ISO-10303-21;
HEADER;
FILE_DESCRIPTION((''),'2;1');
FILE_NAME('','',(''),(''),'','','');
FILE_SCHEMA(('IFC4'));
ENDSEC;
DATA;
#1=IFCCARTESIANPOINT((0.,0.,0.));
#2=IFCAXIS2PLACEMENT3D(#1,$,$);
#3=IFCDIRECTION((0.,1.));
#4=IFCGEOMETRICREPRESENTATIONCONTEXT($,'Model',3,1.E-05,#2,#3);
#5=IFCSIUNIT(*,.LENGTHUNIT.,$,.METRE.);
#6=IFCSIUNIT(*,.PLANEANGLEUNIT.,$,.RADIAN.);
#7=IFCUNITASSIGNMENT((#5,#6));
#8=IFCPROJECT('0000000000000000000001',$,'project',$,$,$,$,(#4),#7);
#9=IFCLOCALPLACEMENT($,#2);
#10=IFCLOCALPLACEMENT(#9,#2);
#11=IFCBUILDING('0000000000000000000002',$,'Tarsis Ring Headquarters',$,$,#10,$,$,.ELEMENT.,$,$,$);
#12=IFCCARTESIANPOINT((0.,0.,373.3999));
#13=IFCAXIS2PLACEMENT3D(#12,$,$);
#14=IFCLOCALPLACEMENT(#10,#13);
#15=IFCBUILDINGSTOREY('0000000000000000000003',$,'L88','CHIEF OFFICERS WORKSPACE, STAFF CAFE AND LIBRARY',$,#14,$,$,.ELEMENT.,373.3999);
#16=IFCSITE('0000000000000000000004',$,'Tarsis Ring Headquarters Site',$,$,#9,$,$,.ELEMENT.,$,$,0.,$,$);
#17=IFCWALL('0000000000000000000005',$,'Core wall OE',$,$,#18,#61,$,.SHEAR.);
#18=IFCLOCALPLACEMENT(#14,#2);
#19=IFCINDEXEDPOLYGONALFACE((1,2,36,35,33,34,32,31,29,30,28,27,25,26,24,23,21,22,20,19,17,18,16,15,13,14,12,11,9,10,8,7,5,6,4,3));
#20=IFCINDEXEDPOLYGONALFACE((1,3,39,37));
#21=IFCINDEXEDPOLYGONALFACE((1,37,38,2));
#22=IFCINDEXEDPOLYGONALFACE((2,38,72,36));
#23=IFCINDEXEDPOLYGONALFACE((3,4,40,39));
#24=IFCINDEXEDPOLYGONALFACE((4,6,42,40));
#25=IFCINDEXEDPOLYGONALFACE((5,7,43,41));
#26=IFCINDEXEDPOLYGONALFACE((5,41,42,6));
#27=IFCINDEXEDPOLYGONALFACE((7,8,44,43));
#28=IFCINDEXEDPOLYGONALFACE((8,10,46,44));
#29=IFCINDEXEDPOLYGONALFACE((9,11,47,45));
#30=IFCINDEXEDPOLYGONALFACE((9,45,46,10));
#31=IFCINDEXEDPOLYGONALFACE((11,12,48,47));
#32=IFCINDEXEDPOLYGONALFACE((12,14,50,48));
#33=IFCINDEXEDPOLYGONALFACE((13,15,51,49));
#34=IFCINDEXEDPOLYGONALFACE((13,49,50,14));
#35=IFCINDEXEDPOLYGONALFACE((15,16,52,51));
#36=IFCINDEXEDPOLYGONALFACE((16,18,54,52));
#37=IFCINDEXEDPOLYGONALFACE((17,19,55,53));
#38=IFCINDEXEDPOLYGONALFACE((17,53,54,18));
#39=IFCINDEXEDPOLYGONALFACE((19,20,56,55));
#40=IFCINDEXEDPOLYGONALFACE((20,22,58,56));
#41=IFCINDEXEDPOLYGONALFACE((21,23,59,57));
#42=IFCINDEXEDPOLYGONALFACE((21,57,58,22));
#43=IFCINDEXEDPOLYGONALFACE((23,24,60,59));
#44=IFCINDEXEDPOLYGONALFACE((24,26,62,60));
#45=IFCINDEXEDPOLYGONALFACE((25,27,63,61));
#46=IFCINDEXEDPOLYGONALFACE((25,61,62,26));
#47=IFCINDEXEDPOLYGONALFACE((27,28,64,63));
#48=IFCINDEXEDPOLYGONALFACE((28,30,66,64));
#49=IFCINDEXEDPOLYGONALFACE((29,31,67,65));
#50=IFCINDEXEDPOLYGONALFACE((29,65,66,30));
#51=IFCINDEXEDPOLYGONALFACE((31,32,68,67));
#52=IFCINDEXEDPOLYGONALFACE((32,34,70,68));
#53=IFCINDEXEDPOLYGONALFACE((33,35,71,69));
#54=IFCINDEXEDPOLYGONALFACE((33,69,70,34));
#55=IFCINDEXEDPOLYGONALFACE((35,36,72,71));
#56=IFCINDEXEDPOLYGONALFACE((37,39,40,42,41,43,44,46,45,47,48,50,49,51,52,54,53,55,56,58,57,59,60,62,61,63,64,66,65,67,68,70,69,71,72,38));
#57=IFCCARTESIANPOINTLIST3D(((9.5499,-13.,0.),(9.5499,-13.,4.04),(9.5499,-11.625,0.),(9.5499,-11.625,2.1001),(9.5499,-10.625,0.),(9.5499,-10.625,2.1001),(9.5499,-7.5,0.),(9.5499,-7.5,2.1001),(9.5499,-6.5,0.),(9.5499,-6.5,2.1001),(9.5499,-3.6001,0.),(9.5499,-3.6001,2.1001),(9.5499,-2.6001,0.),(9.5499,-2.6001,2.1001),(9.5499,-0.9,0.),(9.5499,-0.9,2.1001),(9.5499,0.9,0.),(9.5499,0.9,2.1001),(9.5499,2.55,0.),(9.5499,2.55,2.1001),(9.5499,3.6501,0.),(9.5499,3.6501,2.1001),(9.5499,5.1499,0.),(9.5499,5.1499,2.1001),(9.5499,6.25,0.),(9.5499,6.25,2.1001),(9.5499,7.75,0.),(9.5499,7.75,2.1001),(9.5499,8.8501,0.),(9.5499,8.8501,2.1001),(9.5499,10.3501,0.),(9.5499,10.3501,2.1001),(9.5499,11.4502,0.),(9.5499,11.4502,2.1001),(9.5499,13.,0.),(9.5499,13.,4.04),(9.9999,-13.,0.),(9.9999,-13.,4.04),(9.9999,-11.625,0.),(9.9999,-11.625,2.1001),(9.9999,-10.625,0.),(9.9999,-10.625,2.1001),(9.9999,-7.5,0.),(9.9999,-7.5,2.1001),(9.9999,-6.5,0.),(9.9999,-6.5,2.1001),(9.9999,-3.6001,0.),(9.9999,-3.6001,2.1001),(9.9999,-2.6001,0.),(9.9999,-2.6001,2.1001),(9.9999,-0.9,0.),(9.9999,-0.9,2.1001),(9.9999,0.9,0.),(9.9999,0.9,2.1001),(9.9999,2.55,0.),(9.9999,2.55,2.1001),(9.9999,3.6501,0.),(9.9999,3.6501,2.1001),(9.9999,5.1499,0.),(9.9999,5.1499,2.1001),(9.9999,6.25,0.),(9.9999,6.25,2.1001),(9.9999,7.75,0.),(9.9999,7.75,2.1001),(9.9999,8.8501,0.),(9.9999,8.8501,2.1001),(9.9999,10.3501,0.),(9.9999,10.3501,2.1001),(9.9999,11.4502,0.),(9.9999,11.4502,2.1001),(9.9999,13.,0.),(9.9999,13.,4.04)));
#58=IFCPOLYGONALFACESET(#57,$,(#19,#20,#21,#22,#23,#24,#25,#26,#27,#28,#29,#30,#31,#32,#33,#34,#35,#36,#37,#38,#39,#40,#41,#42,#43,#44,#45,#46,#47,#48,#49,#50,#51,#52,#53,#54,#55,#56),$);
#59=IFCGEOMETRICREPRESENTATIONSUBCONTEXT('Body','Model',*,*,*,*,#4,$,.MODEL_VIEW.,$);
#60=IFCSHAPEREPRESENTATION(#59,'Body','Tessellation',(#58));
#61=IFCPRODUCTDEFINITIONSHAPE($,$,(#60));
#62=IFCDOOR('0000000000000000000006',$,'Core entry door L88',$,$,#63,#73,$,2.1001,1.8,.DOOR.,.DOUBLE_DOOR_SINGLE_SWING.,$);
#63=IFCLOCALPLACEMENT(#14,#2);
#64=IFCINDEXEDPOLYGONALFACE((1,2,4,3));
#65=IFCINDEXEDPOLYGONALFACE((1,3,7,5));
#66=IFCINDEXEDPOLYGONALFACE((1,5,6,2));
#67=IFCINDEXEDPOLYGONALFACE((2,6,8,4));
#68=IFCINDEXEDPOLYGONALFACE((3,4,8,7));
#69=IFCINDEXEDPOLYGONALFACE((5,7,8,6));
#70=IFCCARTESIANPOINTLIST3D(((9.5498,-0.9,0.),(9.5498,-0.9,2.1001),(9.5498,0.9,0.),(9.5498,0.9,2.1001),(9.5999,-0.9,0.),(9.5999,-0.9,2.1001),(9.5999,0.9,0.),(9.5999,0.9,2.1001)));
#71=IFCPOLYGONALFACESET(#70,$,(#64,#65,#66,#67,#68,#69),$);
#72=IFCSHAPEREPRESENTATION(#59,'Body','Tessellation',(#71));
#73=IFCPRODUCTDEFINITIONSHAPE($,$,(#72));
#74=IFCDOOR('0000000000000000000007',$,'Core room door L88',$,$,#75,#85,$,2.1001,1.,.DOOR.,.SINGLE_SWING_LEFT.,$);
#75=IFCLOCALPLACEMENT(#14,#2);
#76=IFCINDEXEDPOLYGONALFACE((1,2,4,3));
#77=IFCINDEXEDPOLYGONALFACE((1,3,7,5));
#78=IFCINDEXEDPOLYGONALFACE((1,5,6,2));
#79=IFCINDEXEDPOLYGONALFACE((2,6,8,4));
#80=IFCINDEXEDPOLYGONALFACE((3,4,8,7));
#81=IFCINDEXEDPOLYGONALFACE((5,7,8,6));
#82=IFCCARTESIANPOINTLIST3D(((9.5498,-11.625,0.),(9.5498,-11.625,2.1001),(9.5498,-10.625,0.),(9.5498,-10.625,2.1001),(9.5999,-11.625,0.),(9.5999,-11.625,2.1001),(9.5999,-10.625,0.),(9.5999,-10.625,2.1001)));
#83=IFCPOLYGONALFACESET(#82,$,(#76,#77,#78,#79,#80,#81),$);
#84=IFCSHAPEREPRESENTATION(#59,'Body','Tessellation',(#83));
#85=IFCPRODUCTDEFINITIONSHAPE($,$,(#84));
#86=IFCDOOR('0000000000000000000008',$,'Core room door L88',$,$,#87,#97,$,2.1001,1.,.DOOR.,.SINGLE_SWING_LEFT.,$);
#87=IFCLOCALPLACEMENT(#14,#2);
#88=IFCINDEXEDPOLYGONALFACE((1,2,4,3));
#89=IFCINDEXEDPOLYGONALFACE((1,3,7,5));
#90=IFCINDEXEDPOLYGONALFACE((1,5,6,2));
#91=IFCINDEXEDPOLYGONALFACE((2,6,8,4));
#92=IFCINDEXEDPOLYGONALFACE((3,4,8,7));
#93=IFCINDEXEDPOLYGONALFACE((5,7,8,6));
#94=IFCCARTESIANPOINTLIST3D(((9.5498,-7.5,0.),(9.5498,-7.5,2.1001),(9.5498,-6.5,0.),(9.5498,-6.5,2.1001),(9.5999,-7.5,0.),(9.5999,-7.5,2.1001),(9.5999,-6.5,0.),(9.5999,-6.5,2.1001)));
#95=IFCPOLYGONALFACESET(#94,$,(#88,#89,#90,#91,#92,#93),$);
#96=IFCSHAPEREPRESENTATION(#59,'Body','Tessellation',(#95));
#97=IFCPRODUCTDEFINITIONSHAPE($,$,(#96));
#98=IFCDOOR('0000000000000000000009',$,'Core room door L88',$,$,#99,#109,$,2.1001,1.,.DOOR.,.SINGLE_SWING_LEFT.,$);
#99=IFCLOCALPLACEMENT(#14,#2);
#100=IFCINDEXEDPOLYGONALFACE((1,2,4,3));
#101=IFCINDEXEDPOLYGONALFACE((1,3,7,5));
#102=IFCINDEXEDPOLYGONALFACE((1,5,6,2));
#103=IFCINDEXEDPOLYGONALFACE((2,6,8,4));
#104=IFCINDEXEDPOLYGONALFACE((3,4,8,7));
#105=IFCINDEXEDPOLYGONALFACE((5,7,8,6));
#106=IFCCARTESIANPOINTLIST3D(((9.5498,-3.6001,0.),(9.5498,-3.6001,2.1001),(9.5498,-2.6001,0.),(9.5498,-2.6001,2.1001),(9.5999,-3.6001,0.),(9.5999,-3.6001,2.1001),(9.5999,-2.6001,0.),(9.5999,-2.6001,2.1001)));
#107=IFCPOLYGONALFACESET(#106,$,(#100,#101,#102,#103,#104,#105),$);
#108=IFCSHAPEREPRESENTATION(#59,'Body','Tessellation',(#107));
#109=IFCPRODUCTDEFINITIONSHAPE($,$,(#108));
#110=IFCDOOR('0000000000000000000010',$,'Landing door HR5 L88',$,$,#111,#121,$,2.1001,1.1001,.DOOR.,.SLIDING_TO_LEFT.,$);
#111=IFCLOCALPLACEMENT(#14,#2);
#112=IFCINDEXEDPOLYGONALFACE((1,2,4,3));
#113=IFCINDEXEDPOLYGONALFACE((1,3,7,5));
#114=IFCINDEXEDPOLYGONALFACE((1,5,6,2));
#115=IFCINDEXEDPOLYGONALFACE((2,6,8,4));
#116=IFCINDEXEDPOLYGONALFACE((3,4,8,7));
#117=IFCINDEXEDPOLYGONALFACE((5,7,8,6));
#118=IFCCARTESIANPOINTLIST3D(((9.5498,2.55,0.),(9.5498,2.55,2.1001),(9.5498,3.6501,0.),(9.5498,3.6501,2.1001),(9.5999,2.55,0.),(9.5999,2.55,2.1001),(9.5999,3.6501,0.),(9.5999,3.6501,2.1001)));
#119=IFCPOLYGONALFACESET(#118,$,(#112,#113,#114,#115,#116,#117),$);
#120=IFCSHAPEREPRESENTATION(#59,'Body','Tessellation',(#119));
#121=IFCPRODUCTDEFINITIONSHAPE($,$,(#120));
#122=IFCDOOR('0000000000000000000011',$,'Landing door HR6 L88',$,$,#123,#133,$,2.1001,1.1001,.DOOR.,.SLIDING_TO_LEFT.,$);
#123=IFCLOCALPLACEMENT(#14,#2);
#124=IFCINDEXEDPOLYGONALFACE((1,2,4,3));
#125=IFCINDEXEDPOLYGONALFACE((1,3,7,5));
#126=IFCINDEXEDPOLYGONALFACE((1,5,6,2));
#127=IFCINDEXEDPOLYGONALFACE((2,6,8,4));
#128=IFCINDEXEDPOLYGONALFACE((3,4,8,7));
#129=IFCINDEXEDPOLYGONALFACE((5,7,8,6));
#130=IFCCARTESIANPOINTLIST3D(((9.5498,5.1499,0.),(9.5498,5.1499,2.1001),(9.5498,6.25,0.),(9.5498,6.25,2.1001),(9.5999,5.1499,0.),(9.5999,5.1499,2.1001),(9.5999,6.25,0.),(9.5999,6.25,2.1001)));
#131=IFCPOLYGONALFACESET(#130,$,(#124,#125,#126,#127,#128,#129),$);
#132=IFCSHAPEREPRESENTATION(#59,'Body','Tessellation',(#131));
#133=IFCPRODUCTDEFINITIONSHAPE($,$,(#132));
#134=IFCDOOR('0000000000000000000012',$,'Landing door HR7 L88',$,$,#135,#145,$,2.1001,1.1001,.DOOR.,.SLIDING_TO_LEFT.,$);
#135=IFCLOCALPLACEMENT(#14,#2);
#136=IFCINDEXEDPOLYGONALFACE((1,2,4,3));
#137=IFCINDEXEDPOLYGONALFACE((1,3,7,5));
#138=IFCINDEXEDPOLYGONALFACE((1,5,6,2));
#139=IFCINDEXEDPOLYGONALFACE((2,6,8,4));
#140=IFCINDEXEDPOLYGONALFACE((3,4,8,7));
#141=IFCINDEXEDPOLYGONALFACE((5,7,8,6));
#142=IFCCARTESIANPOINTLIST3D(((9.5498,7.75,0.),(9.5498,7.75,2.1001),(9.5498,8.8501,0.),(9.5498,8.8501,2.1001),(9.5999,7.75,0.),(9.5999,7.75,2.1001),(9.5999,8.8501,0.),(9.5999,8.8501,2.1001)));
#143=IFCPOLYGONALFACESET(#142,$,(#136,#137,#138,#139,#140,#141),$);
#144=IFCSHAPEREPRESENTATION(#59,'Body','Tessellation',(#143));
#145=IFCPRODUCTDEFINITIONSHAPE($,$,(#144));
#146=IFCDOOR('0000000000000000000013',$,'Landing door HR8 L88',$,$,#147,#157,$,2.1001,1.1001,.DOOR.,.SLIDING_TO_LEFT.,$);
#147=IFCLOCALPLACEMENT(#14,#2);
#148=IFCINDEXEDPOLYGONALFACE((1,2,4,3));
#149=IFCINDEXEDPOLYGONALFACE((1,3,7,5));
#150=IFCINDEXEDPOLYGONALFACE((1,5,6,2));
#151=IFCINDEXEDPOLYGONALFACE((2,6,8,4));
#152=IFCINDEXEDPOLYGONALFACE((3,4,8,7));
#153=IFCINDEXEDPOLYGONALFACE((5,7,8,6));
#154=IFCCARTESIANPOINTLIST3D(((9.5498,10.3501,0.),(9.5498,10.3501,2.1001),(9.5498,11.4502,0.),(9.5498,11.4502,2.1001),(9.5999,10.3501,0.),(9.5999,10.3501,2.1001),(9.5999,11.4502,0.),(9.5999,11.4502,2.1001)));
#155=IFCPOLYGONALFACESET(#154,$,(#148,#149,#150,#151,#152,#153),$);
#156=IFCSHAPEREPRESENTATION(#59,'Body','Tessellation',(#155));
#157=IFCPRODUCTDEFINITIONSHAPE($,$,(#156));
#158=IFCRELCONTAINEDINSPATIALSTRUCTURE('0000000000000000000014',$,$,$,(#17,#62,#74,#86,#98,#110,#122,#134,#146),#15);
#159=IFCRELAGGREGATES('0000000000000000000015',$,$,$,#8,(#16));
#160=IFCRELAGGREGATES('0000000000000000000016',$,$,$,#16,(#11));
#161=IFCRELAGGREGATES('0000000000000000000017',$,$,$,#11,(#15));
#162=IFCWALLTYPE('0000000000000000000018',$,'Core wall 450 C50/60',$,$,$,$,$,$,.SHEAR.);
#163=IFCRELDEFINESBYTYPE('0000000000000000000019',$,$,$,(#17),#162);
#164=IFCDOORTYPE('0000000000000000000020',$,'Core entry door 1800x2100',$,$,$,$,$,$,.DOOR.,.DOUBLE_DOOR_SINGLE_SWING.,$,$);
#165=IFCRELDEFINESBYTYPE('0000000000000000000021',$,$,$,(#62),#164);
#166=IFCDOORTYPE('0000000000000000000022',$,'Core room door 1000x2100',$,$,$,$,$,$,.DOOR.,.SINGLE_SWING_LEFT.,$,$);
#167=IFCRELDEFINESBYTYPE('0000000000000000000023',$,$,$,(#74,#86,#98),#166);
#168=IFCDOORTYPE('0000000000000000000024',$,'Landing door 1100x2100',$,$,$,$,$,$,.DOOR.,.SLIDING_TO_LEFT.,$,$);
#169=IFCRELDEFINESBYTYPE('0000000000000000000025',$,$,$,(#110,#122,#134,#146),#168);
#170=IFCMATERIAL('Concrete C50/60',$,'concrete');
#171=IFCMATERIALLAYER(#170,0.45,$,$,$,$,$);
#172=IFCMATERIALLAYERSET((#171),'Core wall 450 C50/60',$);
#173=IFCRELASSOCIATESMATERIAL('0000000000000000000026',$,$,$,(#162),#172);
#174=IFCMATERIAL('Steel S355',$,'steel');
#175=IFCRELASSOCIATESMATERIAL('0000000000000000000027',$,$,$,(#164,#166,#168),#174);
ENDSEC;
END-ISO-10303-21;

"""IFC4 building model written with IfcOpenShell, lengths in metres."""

from ifc_helpers import new_model, si_unit, direction, frame, frame_2d, origin, place, context, subcontext, project, spatial, rectangle, extrude, material, layer, layer_set, type_object, element, fill, save


model = new_model("IFC4")

# Units and contexts
model_context = context("Model", 3, precision=1e-05, world=origin(), true_north=direction((0.0, 1.0)))
body_context = subcontext(model_context, "Body", "Model", "MODEL_VIEW")
ifc_project = project(units=[si_unit("LENGTHUNIT", "METRE"), si_unit("PLANEANGLEUNIT", "RADIAN")], contexts=[model_context])

# Site, building, storey
site_placement = place(None, origin())
site = spatial("IfcSite", under=ifc_project, at=site_placement, Name="Tarsis Ring Headquarters Site", CompositionType="ELEMENT", RefElevation=0.0)
building_placement = place(site_placement, origin())
building = spatial("IfcBuilding", under=site, at=building_placement, Name="Tarsis Ring Headquarters", CompositionType="ELEMENT")
storey_placement = place(building_placement, frame((0.0, 0.0, 373.3999)))
storey = spatial("IfcBuildingStorey", under=building, at=storey_placement, Name="L88", Description="CHIEF OFFICERS WORKSPACE, STAFF CAFE AND LIBRARY", CompositionType="ELEMENT", Elevation=373.3999)

# Wall, openings, doors
ifc_material_1 = material(Name="Concrete C50/60", Category="concrete")
ifc_layer_1 = layer(ifc_material_1, 0.45)
ifc_layer_set_1 = layer_set([ifc_layer_1], Name="Core wall 450 C50/60")
wall_type_1 = type_object("IfcWallType", Name="Core wall 450 C50/60", PredefinedType="SHEAR", material=ifc_layer_set_1)
wall_1_placement = place(storey_placement, frame((9.7749, -13.0, 0.0), z_axis=(0.0, 0.0, 1.0), x_axis=(0.0, 1.0, 0.0)))
wall_1 = element("IfcWall", 1, at=wall_1_placement, inside=storey, type_object=wall_type_1, Name="Core wall OE", PredefinedType="SHEAR", context=body_context, shape_type="SweptSolid", body=[
    extrude(rectangle(XDim=26.0, YDim=0.45, at=frame_2d((13.0, 0.0))), origin(), (0.0, 0.0, 1.0), 4.04),
])
opening_1_placement = place(wall_1_placement, frame((1.375, 0.0, 0.0)))
opening_1 = element("IfcOpeningElement", 2, at=opening_1_placement, cuts=wall_1, PredefinedType="OPENING", context=body_context, shape_type="SweptSolid", body=[
    extrude(rectangle(XDim=1.0, YDim=2.1001, at=frame_2d((0.5, 1.05))), frame((0.0, 0.2349, 0.0), z_axis=(0.0, -1.0, 0.0), x_axis=(1.0, 0.0, 0.0)), (0.0, 0.0, 1.0), 0.47),
])
opening_2_placement = place(wall_1_placement, frame((5.5, 0.0, 0.0)))
opening_2 = element("IfcOpeningElement", 3, at=opening_2_placement, cuts=wall_1, PredefinedType="OPENING", context=body_context, shape_type="SweptSolid", body=[
    extrude(rectangle(XDim=1.0, YDim=2.1001, at=frame_2d((0.5, 1.05))), frame((0.0, 0.2349, 0.0), z_axis=(0.0, -1.0, 0.0), x_axis=(1.0, 0.0, 0.0)), (0.0, 0.0, 1.0), 0.47),
])
opening_3_placement = place(wall_1_placement, frame((9.3999, 0.0, 0.0)))
opening_3 = element("IfcOpeningElement", 4, at=opening_3_placement, cuts=wall_1, PredefinedType="OPENING", context=body_context, shape_type="SweptSolid", body=[
    extrude(rectangle(XDim=1.0, YDim=2.1001, at=frame_2d((0.5, 1.05))), frame((0.0, 0.2349, 0.0), z_axis=(0.0, -1.0, 0.0), x_axis=(1.0, 0.0, 0.0)), (0.0, 0.0, 1.0), 0.47),
])
opening_4_placement = place(wall_1_placement, frame((12.1001, 0.0, 0.0)))
opening_4 = element("IfcOpeningElement", 5, at=opening_4_placement, cuts=wall_1, PredefinedType="OPENING", context=body_context, shape_type="SweptSolid", body=[
    extrude(rectangle(XDim=1.8, YDim=2.1001, at=frame_2d((0.8999, 1.05))), frame((0.0, 0.2349, 0.0), z_axis=(0.0, -1.0, 0.0), x_axis=(1.0, 0.0, 0.0)), (0.0, 0.0, 1.0), 0.47),
])
opening_5_placement = place(wall_1_placement, frame((15.55, 0.0, 0.0)))
opening_5 = element("IfcOpeningElement", 6, at=opening_5_placement, cuts=wall_1, PredefinedType="OPENING", context=body_context, shape_type="SweptSolid", body=[
    extrude(rectangle(XDim=1.1001, YDim=2.1001, at=frame_2d((0.55, 1.05))), frame((0.0, 0.2349, 0.0), z_axis=(0.0, -1.0, 0.0), x_axis=(1.0, 0.0, 0.0)), (0.0, 0.0, 1.0), 0.47),
])
opening_6_placement = place(wall_1_placement, frame((18.1499, 0.0, 0.0)))
opening_6 = element("IfcOpeningElement", 7, at=opening_6_placement, cuts=wall_1, PredefinedType="OPENING", context=body_context, shape_type="SweptSolid", body=[
    extrude(rectangle(XDim=1.1001, YDim=2.1001, at=frame_2d((0.55, 1.05))), frame((0.0, 0.2349, 0.0), z_axis=(0.0, -1.0, 0.0), x_axis=(1.0, 0.0, 0.0)), (0.0, 0.0, 1.0), 0.47),
])
opening_7_placement = place(wall_1_placement, frame((20.75, 0.0, 0.0)))
opening_7 = element("IfcOpeningElement", 8, at=opening_7_placement, cuts=wall_1, PredefinedType="OPENING", context=body_context, shape_type="SweptSolid", body=[
    extrude(rectangle(XDim=1.1001, YDim=2.1001, at=frame_2d((0.55, 1.05))), frame((0.0, 0.2349, 0.0), z_axis=(0.0, -1.0, 0.0), x_axis=(1.0, 0.0, 0.0)), (0.0, 0.0, 1.0), 0.47),
])
opening_8_placement = place(wall_1_placement, frame((23.3501, 0.0, 0.0)))
opening_8 = element("IfcOpeningElement", 9, at=opening_8_placement, cuts=wall_1, PredefinedType="OPENING", context=body_context, shape_type="SweptSolid", body=[
    extrude(rectangle(XDim=1.1001, YDim=2.1001, at=frame_2d((0.55, 1.05))), frame((0.0, 0.2349, 0.0), z_axis=(0.0, -1.0, 0.0), x_axis=(1.0, 0.0, 0.0)), (0.0, 0.0, 1.0), 0.47),
])
ifc_material_2 = material(Name="Steel S355", Category="steel")
door_type_1 = type_object("IfcDoorType", Name="Core entry door 1800x2100", OperationType="DOUBLE_DOOR_SINGLE_SWING", PredefinedType="DOOR", material=ifc_material_2)
door_1_placement = place(opening_4_placement, origin())
door_1 = element("IfcDoor", 10, at=door_1_placement, inside=storey, type_object=door_type_1, Name="Core entry door L88", OperationType="DOUBLE_DOOR_SINGLE_SWING", OverallHeight=2.1001, OverallWidth=1.8, PredefinedType="DOOR", context=body_context, shape_type="SweptSolid", body=[
    extrude(rectangle(XDim=1.8, YDim=2.1001, at=frame_2d((0.8999, 1.05))), frame((0.0, 0.2251, 0.0), z_axis=(0.0, -1.0, 0.0), x_axis=(1.0, 0.0, 0.0)), (0.0, 0.0, 1.0), 0.05),
])
fill(opening_4, door_1)
door_type_2 = type_object("IfcDoorType", Name="Core room door 1000x2100", OperationType="SINGLE_SWING_LEFT", PredefinedType="DOOR", material=ifc_material_2)
door_2_placement = place(opening_1_placement, origin())
door_2 = element("IfcDoor", 11, at=door_2_placement, inside=storey, type_object=door_type_2, Name="Core room door L88", OperationType="SINGLE_SWING_LEFT", OverallHeight=2.1001, OverallWidth=1.0, PredefinedType="DOOR", context=body_context, shape_type="SweptSolid", body=[
    extrude(rectangle(XDim=1.0, YDim=2.1001, at=frame_2d((0.5, 1.05))), frame((0.0, 0.2251, 0.0), z_axis=(0.0, -1.0, 0.0), x_axis=(1.0, 0.0, 0.0)), (0.0, 0.0, 1.0), 0.05),
])
fill(opening_1, door_2)
door_3_placement = place(opening_2_placement, origin())
door_3 = element("IfcDoor", 12, at=door_3_placement, inside=storey, type_object=door_type_2, Name="Core room door L88", OperationType="SINGLE_SWING_LEFT", OverallHeight=2.1001, OverallWidth=1.0, PredefinedType="DOOR", context=body_context, shape_type="SweptSolid", body=[
    extrude(rectangle(XDim=1.0, YDim=2.1001, at=frame_2d((0.5, 1.05))), frame((0.0, 0.2251, 0.0), z_axis=(0.0, -1.0, 0.0), x_axis=(1.0, 0.0, 0.0)), (0.0, 0.0, 1.0), 0.05),
])
fill(opening_2, door_3)
door_4_placement = place(opening_3_placement, origin())
door_4 = element("IfcDoor", 13, at=door_4_placement, inside=storey, type_object=door_type_2, Name="Core room door L88", OperationType="SINGLE_SWING_LEFT", OverallHeight=2.1001, OverallWidth=1.0, PredefinedType="DOOR", context=body_context, shape_type="SweptSolid", body=[
    extrude(rectangle(XDim=1.0, YDim=2.1001, at=frame_2d((0.5, 1.05))), frame((0.0, 0.2251, 0.0), z_axis=(0.0, -1.0, 0.0), x_axis=(1.0, 0.0, 0.0)), (0.0, 0.0, 1.0), 0.05),
])
fill(opening_3, door_4)
door_type_3 = type_object("IfcDoorType", Name="Landing door 1100x2100", OperationType="SLIDING_TO_LEFT", PredefinedType="DOOR", material=ifc_material_2)
door_5_placement = place(opening_5_placement, origin())
door_5 = element("IfcDoor", 14, at=door_5_placement, inside=storey, type_object=door_type_3, Name="Landing door HR5 L88", OperationType="SLIDING_TO_LEFT", OverallHeight=2.1001, OverallWidth=1.1001, PredefinedType="DOOR", context=body_context, shape_type="SweptSolid", body=[
    extrude(rectangle(XDim=1.1001, YDim=2.1001, at=frame_2d((0.55, 1.05))), frame((0.0, 0.2251, 0.0), z_axis=(0.0, -1.0, 0.0), x_axis=(1.0, 0.0, 0.0)), (0.0, 0.0, 1.0), 0.05),
])
fill(opening_5, door_5)
door_6_placement = place(opening_6_placement, origin())
door_6 = element("IfcDoor", 15, at=door_6_placement, inside=storey, type_object=door_type_3, Name="Landing door HR6 L88", OperationType="SLIDING_TO_LEFT", OverallHeight=2.1001, OverallWidth=1.1001, PredefinedType="DOOR", context=body_context, shape_type="SweptSolid", body=[
    extrude(rectangle(XDim=1.1001, YDim=2.1001, at=frame_2d((0.55, 1.05))), frame((0.0, 0.2251, 0.0), z_axis=(0.0, -1.0, 0.0), x_axis=(1.0, 0.0, 0.0)), (0.0, 0.0, 1.0), 0.05),
])
fill(opening_6, door_6)
door_7_placement = place(opening_7_placement, origin())
door_7 = element("IfcDoor", 16, at=door_7_placement, inside=storey, type_object=door_type_3, Name="Landing door HR7 L88", OperationType="SLIDING_TO_LEFT", OverallHeight=2.1001, OverallWidth=1.1001, PredefinedType="DOOR", context=body_context, shape_type="SweptSolid", body=[
    extrude(rectangle(XDim=1.1001, YDim=2.1001, at=frame_2d((0.55, 1.05))), frame((0.0, 0.2251, 0.0), z_axis=(0.0, -1.0, 0.0), x_axis=(1.0, 0.0, 0.0)), (0.0, 0.0, 1.0), 0.05),
])
fill(opening_7, door_7)
door_8_placement = place(opening_8_placement, origin())
door_8 = element("IfcDoor", 17, at=door_8_placement, inside=storey, type_object=door_type_3, Name="Landing door HR8 L88", OperationType="SLIDING_TO_LEFT", OverallHeight=2.1001, OverallWidth=1.1001, PredefinedType="DOOR", context=body_context, shape_type="SweptSolid", body=[
    extrude(rectangle(XDim=1.1001, YDim=2.1001, at=frame_2d((0.55, 1.05))), frame((0.0, 0.2251, 0.0), z_axis=(0.0, -1.0, 0.0), x_axis=(1.0, 0.0, 0.0)), (0.0, 0.0, 1.0), 0.05),
])
fill(opening_8, door_8)

save(model, "model.ifc")
